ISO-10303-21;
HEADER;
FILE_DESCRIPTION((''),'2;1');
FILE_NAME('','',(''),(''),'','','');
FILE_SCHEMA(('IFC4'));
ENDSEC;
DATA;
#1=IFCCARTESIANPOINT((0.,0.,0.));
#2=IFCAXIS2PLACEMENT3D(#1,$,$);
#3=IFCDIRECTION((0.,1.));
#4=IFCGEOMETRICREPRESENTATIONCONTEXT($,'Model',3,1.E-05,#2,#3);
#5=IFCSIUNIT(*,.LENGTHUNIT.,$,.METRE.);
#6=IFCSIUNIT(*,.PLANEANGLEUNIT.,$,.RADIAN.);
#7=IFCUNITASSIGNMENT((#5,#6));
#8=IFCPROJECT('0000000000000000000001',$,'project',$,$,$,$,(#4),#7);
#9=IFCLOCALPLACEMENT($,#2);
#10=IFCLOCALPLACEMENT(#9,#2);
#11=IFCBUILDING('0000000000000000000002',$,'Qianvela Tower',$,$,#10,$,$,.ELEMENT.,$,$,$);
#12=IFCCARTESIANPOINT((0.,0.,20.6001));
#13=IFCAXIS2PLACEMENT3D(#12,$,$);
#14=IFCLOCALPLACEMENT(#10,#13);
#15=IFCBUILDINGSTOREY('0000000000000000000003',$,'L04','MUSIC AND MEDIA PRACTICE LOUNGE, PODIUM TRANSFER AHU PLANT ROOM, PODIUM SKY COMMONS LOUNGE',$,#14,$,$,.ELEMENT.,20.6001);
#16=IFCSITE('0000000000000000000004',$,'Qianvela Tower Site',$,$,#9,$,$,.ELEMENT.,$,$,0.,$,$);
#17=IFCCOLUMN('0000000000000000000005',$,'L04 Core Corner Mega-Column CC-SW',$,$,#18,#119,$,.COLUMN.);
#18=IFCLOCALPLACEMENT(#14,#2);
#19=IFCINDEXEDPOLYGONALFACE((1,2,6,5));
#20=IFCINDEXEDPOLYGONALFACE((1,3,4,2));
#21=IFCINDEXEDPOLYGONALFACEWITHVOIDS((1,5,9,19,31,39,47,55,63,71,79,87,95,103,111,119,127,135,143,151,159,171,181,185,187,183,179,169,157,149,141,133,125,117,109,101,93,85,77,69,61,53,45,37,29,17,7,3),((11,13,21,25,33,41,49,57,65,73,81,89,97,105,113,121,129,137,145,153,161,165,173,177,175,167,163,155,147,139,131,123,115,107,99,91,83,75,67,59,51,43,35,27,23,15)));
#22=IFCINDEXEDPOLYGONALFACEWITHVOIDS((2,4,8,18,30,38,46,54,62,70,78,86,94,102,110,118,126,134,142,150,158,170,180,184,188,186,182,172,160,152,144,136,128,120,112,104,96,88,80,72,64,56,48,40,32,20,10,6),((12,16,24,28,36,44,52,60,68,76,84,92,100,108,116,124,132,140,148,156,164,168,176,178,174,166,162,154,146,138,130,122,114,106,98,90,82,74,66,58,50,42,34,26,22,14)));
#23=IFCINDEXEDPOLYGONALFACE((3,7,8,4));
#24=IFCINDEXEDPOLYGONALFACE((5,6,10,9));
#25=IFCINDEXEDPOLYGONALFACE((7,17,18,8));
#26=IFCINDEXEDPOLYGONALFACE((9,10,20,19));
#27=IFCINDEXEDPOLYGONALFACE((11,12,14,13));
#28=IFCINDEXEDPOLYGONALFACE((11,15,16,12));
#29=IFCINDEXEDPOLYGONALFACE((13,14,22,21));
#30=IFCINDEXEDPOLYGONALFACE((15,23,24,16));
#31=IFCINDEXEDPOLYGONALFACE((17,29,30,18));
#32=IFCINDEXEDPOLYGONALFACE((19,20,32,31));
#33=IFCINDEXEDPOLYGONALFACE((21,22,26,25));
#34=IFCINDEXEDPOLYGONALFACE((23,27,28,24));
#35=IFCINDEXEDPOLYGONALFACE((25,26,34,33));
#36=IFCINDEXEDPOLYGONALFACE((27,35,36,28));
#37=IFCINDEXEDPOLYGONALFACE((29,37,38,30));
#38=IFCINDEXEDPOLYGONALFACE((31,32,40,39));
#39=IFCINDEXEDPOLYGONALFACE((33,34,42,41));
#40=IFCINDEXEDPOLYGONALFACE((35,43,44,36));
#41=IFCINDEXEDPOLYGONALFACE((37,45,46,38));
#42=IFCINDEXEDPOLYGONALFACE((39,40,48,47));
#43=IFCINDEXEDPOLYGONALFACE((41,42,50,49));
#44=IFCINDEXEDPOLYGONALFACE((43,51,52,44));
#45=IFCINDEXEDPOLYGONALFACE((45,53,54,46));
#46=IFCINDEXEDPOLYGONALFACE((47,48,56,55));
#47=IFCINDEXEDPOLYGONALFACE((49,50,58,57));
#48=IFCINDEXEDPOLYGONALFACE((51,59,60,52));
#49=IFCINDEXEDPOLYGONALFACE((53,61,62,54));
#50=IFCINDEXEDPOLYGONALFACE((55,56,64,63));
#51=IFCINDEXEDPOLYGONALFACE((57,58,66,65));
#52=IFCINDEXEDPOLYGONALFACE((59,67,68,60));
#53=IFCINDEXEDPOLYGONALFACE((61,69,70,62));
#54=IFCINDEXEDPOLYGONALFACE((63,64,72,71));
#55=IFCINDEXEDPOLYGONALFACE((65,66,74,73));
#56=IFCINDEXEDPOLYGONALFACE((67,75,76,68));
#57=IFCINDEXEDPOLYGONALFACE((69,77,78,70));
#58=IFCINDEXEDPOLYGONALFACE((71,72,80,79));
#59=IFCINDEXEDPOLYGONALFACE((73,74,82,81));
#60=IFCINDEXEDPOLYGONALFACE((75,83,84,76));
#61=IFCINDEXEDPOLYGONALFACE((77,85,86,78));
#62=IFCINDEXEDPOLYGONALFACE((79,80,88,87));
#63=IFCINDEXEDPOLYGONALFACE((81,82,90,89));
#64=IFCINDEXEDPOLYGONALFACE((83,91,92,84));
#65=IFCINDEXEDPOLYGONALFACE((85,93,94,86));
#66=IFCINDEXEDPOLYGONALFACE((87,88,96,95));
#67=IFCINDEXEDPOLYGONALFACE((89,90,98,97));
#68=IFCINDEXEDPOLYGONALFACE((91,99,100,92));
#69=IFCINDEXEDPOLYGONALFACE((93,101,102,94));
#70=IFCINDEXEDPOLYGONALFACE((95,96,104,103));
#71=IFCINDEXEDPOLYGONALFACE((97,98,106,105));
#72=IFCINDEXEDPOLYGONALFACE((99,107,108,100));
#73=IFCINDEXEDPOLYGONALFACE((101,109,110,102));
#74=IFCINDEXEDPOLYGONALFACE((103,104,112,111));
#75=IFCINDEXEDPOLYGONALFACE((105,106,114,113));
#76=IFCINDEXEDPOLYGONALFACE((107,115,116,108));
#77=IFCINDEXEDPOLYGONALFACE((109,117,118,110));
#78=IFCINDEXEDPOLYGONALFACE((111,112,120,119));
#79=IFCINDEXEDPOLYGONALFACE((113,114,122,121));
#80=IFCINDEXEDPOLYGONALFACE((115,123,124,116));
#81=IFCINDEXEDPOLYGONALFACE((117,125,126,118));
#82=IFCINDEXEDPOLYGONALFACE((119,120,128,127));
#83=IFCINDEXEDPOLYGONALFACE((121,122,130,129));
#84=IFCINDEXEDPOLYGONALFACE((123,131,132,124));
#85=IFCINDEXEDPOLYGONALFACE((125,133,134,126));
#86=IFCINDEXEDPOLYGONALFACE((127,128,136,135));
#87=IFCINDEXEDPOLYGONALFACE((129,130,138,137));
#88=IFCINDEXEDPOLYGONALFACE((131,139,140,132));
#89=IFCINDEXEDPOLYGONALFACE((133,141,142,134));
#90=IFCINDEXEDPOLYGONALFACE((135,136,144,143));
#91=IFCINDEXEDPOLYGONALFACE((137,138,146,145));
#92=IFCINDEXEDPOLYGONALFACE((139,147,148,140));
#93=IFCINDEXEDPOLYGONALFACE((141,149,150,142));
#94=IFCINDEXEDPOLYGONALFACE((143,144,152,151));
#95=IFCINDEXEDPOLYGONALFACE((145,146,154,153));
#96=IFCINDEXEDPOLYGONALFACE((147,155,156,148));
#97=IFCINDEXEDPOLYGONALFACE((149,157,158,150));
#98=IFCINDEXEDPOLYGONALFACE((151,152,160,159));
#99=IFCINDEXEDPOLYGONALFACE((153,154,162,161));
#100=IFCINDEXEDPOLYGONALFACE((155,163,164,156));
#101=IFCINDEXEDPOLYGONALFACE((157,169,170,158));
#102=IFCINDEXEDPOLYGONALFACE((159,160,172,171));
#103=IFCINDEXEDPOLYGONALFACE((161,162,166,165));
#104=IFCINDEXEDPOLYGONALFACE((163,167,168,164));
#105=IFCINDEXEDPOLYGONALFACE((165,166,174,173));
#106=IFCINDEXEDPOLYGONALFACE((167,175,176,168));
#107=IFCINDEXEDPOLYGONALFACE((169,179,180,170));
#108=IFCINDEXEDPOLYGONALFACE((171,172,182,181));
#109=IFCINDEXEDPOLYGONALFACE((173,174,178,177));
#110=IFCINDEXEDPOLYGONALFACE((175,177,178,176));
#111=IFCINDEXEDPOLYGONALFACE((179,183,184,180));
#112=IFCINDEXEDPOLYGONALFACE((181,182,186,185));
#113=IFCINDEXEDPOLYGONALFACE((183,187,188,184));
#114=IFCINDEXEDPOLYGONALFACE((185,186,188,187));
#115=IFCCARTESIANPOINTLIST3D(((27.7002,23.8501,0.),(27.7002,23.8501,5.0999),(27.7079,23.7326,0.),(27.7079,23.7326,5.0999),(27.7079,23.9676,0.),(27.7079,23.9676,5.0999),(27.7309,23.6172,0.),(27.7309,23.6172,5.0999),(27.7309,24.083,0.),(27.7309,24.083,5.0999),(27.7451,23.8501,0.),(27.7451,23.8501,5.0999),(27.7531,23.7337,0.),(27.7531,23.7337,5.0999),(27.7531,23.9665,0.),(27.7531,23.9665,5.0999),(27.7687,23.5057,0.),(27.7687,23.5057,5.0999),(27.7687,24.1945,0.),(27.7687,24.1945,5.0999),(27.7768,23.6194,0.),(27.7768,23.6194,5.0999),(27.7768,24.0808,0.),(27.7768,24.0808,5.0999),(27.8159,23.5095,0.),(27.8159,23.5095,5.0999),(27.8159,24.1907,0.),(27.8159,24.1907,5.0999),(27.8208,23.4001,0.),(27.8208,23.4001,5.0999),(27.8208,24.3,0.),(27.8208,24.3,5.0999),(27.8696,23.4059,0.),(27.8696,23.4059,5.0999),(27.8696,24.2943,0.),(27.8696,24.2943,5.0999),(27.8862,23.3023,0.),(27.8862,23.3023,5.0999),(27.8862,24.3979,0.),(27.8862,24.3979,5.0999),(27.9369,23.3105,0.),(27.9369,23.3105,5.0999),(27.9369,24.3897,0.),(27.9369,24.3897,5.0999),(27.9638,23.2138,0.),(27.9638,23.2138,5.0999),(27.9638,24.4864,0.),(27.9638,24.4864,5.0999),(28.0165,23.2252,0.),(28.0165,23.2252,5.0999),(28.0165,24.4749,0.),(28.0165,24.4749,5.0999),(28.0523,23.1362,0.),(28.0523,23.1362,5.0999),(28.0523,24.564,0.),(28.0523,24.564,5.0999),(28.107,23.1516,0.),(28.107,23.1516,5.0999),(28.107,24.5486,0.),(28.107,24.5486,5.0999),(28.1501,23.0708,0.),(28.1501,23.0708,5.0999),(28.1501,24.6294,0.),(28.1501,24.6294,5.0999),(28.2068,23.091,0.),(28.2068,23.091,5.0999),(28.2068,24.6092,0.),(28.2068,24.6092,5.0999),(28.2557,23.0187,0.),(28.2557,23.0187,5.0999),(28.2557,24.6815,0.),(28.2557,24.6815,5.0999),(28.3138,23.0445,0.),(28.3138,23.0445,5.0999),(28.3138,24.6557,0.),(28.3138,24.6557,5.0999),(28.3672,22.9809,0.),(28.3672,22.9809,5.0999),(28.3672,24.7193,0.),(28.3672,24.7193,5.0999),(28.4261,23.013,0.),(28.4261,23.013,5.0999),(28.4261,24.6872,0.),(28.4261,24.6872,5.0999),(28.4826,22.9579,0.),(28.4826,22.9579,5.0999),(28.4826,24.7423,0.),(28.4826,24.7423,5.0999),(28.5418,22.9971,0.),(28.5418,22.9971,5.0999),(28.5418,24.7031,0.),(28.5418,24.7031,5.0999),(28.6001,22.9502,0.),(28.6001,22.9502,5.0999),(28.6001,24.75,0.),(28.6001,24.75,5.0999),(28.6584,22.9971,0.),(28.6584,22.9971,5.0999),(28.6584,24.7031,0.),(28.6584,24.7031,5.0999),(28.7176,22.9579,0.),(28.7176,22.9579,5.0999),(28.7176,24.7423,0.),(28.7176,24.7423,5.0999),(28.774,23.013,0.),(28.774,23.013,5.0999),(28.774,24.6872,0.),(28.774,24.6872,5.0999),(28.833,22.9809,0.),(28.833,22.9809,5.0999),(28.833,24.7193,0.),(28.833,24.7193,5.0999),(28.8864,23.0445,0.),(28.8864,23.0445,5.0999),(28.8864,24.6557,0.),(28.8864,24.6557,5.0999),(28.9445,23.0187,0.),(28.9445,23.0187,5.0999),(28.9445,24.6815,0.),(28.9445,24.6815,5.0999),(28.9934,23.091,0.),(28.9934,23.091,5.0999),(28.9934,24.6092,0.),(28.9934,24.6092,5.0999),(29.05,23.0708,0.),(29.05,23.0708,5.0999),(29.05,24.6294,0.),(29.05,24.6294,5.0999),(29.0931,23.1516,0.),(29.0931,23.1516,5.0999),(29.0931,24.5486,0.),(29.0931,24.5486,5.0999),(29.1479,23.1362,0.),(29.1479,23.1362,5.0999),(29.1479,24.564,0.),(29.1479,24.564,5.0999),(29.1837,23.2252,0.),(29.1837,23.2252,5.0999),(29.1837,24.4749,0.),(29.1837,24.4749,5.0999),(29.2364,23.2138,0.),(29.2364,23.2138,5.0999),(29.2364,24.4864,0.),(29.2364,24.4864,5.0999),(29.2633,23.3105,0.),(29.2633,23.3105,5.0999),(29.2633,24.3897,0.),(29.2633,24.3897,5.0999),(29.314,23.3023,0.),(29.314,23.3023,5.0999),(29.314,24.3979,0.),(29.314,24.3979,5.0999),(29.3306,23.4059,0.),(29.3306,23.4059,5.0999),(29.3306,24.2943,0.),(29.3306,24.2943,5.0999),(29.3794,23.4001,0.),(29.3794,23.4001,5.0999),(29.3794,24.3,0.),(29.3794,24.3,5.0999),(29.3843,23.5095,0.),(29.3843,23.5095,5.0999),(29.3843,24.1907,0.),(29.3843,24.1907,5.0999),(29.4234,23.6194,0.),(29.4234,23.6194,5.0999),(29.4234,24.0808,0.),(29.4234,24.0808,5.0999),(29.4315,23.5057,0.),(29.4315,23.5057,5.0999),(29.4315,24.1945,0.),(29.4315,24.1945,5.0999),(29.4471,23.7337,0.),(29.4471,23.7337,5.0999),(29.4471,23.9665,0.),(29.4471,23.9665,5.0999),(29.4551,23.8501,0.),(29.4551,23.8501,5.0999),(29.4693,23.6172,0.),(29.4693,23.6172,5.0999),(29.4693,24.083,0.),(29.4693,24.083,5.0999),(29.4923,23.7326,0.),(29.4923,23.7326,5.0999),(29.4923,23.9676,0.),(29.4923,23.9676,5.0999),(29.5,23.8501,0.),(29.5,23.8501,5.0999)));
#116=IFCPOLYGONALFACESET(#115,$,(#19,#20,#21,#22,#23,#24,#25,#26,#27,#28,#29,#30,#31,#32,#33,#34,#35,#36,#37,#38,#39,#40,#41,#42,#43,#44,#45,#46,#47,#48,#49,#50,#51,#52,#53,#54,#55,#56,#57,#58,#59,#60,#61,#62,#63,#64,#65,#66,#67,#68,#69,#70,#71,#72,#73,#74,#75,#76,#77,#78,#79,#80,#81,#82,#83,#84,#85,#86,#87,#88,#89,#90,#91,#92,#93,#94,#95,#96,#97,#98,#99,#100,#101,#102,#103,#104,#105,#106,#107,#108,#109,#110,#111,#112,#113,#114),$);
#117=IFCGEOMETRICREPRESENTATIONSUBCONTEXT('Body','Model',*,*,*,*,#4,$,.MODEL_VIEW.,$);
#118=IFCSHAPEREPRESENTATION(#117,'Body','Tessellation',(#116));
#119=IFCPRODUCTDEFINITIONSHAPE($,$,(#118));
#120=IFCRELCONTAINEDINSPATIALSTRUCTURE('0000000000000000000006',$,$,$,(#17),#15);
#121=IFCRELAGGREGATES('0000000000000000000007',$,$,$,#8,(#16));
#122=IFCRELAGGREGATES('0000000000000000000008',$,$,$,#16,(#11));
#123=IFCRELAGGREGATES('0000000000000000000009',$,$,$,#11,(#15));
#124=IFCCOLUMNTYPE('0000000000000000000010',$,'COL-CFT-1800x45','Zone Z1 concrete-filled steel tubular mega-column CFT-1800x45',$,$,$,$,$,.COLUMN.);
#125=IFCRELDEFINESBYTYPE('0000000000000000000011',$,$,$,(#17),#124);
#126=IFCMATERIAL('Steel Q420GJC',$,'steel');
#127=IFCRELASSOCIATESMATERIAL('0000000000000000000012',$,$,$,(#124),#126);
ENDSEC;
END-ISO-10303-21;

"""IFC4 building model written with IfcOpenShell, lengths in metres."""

from ifc_helpers import new_model, si_unit, direction, frame, origin, origin_2d, place, context, subcontext, project, spatial, hollow_circle, extrude, material, material_profile, profile_set, type_object, element, save


model = new_model("IFC4")

# Units and contexts
model_context = context("Model", 3, precision=1e-05, world=origin(), true_north=direction((0.0, 1.0)))
body_context = subcontext(model_context, "Body", "Model", "MODEL_VIEW")
ifc_project = project(units=[si_unit("LENGTHUNIT", "METRE"), si_unit("PLANEANGLEUNIT", "RADIAN")], contexts=[model_context])

# Site, building, storey
site_placement = place(None, origin())
site = spatial("IfcSite", under=ifc_project, at=site_placement, Name="Qianvela Tower Site", CompositionType="ELEMENT", RefElevation=0.0)
building_placement = place(site_placement, origin())
building = spatial("IfcBuilding", under=site, at=building_placement, Name="Qianvela Tower", CompositionType="ELEMENT")
storey_placement = place(building_placement, frame((0.0, 0.0, 20.6001)))
storey = spatial("IfcBuildingStorey", under=building, at=storey_placement, Name="L04", Description="MUSIC AND MEDIA PRACTICE LOUNGE, PODIUM TRANSFER AHU PLANT ROOM, PODIUM SKY COMMONS LOUNGE", CompositionType="ELEMENT", Elevation=20.6001)

# Column
ifc_material_1 = material(Name="Steel Q420GJC", Category="steel")
ifc_material_profile_1 = material_profile(ifc_material_1, hollow_circle(Radius=0.8999, WallThickness=0.0449, at=origin_2d()), Name="CFT-1800x45")
ifc_profile_set_1 = profile_set([ifc_material_profile_1], Name="Steel Q420GJC")
column_type_1 = type_object("IfcColumnType", Name="COL-CFT-1800x45", Description="Zone Z1 concrete-filled steel tubular mega-column CFT-1800x45", PredefinedType="COLUMN", material=ifc_profile_set_1)
for number, where, z_axis, x_axis, name in (
    (1, (28.6001, 23.8501, 0.0), (0.0, 0.0, 1.0), (1.0, 0.0, 0.0), "L04 Core Corner Mega-Column CC-SW"),
):
    element("IfcColumn", number, at=place(storey_placement, frame(where, z_axis=z_axis, x_axis=x_axis)), inside=storey, type_object=column_type_1, Name=name, PredefinedType="COLUMN", context=body_context, shape_type="SweptSolid", body=[
        extrude(hollow_circle(Radius=0.8999, WallThickness=0.0449, at=origin_2d()), origin(), (0.0, 0.0, 1.0), 5.0999),
    ])

save(model, "model.ifc")
